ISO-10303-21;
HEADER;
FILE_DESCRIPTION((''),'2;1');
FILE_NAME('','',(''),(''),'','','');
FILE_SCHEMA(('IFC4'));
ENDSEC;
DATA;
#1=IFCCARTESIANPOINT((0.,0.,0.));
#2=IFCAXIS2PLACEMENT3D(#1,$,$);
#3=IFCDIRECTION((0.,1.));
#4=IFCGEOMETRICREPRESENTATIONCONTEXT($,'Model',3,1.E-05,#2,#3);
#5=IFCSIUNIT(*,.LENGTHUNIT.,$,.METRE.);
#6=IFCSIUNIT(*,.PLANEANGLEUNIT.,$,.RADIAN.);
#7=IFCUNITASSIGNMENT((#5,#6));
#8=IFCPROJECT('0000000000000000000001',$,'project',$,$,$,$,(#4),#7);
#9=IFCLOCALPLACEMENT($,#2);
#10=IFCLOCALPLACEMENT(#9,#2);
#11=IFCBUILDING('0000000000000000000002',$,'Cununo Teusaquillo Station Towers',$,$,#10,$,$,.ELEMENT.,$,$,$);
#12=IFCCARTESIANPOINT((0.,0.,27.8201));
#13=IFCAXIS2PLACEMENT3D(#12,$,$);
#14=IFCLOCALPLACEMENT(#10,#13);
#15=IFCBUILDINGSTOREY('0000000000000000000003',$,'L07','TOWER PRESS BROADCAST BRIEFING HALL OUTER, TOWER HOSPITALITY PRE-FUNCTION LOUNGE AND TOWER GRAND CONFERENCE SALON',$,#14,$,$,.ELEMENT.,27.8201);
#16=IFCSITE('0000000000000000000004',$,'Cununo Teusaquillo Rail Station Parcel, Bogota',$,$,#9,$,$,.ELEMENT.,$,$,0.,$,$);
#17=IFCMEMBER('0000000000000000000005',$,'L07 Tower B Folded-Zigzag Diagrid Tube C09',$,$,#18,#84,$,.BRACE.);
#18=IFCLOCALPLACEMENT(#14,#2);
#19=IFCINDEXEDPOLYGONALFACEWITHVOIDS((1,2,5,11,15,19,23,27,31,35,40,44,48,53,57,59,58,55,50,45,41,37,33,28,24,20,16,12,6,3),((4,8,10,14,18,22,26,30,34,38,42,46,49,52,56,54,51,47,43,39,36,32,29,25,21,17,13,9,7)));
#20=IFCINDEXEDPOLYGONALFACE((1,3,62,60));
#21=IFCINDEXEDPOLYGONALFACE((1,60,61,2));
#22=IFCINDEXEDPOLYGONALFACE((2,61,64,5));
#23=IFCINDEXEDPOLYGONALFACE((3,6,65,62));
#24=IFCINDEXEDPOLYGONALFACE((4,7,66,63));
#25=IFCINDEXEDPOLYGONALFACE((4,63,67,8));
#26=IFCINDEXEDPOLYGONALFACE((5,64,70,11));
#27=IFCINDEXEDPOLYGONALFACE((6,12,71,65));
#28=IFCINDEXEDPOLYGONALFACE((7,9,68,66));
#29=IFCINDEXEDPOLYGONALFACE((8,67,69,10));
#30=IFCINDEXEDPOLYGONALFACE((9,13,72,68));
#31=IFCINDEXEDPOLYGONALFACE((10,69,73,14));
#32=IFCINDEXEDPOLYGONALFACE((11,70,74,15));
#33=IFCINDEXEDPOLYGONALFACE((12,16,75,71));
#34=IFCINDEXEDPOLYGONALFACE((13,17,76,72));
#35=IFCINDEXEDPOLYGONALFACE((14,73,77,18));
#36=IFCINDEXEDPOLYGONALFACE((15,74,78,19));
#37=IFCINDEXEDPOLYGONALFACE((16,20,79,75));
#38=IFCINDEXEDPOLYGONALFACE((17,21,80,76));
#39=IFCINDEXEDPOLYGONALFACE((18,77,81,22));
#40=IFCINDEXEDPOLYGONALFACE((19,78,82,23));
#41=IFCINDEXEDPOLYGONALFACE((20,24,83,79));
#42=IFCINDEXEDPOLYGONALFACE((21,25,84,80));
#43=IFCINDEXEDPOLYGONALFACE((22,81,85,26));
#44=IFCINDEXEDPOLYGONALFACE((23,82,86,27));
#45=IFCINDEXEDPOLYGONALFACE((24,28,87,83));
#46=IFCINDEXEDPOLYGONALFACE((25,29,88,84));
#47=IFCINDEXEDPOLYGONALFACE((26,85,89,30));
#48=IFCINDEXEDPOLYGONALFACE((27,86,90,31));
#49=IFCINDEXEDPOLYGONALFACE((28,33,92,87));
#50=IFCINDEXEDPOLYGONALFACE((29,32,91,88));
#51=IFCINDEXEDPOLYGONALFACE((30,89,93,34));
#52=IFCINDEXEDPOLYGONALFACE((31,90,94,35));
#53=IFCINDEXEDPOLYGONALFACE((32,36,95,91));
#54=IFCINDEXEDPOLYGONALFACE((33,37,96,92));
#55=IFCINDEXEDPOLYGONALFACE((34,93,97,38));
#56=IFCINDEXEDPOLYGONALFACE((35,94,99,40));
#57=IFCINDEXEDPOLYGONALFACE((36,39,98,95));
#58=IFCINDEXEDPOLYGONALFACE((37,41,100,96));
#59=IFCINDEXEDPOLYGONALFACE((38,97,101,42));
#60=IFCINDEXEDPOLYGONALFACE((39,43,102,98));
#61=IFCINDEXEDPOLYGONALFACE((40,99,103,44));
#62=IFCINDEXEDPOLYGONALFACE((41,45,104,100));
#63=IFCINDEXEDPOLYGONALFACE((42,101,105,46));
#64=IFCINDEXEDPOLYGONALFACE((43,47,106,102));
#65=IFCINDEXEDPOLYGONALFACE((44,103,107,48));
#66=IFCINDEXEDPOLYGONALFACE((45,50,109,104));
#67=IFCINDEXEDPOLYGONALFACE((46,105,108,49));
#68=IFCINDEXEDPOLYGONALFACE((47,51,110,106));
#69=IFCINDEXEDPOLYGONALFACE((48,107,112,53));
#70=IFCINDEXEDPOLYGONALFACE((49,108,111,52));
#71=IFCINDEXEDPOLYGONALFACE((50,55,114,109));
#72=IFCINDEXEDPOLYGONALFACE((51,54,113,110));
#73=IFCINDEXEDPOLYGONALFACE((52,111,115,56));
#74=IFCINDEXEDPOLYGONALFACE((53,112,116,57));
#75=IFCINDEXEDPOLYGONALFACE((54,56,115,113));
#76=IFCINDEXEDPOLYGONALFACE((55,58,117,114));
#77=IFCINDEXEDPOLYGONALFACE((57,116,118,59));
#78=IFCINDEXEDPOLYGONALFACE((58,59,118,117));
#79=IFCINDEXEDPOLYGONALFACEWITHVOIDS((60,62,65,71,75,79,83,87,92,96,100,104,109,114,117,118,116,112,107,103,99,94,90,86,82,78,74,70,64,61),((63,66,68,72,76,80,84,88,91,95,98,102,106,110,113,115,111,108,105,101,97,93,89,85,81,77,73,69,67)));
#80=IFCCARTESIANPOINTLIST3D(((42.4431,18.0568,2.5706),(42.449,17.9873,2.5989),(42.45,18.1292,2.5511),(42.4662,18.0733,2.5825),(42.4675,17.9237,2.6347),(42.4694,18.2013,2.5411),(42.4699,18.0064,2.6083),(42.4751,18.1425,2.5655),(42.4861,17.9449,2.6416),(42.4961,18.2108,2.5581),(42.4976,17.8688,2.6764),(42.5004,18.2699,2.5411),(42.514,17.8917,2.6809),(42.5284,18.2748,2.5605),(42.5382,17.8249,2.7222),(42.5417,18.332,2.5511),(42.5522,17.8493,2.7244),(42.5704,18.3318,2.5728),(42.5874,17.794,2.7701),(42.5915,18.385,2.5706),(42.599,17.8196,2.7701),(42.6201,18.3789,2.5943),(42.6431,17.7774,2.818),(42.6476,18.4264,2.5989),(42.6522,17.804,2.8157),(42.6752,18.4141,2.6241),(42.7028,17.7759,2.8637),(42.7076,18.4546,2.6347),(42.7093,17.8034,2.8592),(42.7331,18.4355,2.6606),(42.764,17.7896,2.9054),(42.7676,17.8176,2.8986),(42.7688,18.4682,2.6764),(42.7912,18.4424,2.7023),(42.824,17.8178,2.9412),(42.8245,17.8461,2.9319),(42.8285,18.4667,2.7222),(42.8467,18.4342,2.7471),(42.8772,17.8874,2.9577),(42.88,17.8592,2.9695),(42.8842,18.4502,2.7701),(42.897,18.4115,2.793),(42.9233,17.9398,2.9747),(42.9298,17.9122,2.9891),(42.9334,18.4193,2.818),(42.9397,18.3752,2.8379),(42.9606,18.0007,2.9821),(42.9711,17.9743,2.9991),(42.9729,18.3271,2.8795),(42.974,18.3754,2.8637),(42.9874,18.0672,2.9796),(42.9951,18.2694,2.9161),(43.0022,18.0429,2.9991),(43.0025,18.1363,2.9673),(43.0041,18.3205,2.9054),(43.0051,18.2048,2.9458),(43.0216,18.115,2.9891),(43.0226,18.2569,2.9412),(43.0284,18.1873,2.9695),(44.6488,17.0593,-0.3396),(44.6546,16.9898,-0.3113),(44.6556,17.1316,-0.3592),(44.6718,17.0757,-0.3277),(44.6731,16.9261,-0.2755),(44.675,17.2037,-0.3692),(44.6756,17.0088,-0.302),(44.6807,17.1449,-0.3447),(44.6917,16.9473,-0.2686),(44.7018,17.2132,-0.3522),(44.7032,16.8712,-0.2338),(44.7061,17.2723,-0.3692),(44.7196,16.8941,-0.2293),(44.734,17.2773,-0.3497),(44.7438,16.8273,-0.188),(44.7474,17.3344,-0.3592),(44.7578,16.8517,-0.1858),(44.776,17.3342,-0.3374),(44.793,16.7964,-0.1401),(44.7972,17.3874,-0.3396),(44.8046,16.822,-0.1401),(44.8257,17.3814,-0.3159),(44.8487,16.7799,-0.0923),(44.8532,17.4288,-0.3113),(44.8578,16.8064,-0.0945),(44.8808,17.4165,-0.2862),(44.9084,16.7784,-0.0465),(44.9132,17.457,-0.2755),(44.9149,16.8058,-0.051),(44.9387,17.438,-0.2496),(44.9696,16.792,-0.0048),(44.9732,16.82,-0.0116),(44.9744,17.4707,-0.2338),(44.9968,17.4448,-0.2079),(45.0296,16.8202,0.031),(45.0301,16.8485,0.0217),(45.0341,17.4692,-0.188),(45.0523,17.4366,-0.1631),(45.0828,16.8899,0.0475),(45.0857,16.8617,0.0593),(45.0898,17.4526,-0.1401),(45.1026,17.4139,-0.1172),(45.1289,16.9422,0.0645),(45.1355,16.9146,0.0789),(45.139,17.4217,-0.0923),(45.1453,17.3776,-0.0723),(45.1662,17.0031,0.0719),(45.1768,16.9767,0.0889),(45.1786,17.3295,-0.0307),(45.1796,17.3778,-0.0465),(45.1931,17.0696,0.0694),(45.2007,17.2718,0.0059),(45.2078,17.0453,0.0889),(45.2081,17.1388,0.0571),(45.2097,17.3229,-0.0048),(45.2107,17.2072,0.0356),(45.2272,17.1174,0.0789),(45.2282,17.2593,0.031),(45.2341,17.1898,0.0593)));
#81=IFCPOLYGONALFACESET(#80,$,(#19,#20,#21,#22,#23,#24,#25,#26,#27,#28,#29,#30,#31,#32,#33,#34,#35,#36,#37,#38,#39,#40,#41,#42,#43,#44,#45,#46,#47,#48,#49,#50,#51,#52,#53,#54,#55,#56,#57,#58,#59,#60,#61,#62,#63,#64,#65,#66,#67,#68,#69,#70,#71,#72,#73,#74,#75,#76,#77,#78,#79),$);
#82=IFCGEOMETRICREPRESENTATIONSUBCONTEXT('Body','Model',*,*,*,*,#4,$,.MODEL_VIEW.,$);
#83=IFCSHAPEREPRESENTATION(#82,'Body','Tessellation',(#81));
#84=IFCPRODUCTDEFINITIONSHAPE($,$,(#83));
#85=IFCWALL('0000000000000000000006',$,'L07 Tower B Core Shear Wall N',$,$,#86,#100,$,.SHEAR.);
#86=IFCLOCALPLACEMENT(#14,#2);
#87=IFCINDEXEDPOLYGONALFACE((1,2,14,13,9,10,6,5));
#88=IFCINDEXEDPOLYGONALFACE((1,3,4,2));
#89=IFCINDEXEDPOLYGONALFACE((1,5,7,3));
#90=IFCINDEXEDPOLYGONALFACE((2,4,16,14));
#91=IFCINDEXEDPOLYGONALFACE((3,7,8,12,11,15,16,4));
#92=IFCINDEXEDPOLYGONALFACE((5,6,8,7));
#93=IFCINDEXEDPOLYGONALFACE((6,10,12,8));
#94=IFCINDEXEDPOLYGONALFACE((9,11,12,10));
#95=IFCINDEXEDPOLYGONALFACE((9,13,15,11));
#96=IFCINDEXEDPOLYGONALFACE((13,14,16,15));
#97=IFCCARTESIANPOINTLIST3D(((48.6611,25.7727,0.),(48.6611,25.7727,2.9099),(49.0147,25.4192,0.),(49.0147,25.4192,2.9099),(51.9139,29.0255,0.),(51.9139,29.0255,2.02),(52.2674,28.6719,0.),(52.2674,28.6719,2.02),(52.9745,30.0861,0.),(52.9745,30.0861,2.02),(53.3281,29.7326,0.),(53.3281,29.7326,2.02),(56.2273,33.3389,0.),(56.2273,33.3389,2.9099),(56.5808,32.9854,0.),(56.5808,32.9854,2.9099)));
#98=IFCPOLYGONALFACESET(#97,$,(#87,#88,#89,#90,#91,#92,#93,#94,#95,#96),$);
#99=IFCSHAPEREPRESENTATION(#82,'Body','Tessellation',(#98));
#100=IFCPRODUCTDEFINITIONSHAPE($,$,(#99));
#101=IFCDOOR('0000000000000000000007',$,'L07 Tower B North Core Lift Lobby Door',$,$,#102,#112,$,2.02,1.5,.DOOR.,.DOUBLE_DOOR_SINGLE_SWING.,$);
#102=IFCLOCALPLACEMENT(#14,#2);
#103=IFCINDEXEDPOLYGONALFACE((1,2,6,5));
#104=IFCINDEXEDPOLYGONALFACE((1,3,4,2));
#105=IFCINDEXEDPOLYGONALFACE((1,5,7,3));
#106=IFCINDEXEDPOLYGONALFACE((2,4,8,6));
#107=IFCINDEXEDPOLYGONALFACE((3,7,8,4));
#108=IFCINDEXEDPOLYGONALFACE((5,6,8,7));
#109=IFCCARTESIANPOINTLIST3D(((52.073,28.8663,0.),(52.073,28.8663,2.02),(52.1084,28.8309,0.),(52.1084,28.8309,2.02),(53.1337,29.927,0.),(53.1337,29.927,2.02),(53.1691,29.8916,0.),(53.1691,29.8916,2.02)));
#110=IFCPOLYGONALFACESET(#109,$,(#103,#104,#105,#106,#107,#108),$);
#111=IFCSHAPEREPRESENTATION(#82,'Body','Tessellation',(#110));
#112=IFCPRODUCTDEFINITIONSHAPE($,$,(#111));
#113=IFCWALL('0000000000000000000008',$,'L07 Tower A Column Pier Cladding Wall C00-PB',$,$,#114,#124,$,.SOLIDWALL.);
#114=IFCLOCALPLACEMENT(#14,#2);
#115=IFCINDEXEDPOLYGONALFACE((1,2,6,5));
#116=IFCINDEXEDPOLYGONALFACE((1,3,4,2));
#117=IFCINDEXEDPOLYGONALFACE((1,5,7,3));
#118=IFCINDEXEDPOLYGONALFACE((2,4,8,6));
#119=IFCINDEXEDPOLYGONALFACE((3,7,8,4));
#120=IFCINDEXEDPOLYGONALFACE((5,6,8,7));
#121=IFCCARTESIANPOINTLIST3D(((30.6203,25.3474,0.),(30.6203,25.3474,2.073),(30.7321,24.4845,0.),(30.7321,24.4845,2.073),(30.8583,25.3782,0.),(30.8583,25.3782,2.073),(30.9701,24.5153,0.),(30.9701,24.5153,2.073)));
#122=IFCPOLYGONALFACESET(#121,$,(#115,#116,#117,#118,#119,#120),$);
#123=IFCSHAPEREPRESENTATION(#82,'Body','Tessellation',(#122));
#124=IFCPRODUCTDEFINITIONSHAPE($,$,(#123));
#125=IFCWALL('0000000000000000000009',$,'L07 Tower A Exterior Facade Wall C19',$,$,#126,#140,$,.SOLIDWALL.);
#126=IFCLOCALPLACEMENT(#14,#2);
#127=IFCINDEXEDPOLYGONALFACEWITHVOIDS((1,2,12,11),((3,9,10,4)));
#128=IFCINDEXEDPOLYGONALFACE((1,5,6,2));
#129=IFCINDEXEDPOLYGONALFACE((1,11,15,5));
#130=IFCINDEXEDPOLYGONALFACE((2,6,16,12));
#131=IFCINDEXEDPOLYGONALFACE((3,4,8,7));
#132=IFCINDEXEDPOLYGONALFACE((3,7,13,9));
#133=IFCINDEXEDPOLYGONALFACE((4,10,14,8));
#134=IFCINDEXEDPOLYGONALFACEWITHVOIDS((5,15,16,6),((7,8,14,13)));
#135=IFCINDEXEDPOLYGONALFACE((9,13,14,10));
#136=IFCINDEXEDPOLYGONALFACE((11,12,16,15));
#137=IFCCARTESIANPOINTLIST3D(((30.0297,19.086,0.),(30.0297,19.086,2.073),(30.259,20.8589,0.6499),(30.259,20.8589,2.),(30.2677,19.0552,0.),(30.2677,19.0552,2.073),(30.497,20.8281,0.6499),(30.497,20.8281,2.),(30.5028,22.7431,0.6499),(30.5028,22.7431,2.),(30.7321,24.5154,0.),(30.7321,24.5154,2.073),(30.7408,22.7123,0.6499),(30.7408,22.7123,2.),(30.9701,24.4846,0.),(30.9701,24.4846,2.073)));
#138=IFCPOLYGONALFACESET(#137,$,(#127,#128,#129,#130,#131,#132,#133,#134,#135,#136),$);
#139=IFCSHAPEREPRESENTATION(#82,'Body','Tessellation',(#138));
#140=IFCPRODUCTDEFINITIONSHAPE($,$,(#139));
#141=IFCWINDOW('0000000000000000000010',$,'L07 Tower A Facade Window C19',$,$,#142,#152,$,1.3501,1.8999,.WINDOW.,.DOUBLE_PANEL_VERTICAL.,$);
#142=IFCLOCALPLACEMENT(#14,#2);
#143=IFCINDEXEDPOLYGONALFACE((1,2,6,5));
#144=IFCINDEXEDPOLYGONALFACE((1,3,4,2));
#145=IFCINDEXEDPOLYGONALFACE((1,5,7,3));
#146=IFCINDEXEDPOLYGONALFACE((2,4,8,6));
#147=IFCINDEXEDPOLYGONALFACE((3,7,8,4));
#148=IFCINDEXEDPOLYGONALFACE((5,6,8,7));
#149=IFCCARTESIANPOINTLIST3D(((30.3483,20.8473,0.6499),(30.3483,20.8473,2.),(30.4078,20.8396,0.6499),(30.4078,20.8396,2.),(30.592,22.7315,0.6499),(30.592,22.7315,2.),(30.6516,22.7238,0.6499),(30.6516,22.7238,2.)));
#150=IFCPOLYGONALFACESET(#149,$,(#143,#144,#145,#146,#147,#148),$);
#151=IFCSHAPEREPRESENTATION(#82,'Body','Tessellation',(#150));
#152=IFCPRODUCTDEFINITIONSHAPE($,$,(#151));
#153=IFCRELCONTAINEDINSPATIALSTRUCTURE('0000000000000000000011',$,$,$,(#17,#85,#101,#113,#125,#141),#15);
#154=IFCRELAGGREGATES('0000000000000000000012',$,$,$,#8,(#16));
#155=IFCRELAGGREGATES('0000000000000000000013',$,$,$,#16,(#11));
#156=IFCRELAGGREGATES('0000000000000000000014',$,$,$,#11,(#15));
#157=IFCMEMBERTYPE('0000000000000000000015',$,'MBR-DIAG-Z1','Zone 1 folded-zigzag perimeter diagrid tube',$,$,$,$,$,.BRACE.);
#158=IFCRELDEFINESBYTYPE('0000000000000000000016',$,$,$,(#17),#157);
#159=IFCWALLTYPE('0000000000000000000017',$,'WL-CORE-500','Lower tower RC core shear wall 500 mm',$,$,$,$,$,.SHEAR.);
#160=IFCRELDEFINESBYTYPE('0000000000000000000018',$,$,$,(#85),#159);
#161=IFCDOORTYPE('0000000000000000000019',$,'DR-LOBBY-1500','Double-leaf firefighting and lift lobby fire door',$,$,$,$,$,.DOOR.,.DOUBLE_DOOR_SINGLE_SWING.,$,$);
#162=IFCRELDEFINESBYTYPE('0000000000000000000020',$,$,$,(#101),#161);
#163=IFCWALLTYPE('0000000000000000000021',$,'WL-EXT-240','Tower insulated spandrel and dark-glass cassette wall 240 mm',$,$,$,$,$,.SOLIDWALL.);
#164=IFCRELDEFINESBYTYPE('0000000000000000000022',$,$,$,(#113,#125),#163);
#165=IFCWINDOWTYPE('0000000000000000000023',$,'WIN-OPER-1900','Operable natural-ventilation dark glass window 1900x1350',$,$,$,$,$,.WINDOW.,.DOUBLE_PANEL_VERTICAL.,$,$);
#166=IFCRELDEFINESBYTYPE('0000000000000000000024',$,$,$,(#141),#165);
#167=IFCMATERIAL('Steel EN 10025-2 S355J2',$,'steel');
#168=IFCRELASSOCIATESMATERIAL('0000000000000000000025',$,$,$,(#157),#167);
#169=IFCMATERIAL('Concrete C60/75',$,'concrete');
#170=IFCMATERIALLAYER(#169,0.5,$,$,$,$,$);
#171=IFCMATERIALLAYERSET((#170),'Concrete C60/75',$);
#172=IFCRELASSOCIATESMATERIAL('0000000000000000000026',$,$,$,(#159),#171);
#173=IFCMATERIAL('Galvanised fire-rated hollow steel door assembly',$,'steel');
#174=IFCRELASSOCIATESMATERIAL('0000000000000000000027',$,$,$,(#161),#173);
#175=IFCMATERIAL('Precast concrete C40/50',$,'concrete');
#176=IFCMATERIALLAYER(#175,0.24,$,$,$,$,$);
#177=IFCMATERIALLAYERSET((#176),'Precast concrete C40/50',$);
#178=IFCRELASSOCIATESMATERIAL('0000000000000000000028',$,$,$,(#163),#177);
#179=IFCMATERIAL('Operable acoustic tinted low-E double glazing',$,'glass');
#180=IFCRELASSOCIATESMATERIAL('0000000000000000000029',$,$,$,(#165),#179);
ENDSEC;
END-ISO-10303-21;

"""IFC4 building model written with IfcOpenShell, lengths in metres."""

from ifc_helpers import new_model, si_unit, direction, frame, frame_2d, origin, origin_2d, place, context, subcontext, project, spatial, rectangle, hollow_circle, extrude, source, transform, mapped, material, layer, layer_set, material_profile, profile_set, type_object, element, fill, save


model = new_model("IFC4")

# Units and contexts
model_context = context("Model", 3, precision=1e-05, world=origin(), true_north=direction((0.0, 1.0)))
body_context = subcontext(model_context, "Body", "Model", "MODEL_VIEW")
ifc_project = project(units=[si_unit("LENGTHUNIT", "METRE"), si_unit("PLANEANGLEUNIT", "RADIAN")], contexts=[model_context])

# Site, building, storey
site_placement = place(None, origin())
site = spatial("IfcSite", under=ifc_project, at=site_placement, Name="Cununo Teusaquillo Rail Station Parcel, Bogota", CompositionType="ELEMENT", RefElevation=0.0)
building_placement = place(site_placement, origin())
building = spatial("IfcBuilding", under=site, at=building_placement, Name="Cununo Teusaquillo Station Towers", CompositionType="ELEMENT")
storey_placement = place(building_placement, frame((0.0, 0.0, 27.8201)))
storey = spatial("IfcBuildingStorey", under=building, at=storey_placement, Name="L07", Description="TOWER PRESS BROADCAST BRIEFING HALL OUTER, TOWER HOSPITALITY PRE-FUNCTION LOUNGE AND TOWER GRAND CONFERENCE SALON", CompositionType="ELEMENT", Elevation=27.8201)

# Member
ifc_material_1 = material(Name="Steel EN 10025-2 S355J2", Category="steel")
ifc_material_profile_1 = material_profile(ifc_material_1, hollow_circle(Radius=0.3601, WallThickness=0.0281, at=origin_2d()), Name="CHS 720x28")
ifc_profile_set_1 = profile_set([ifc_material_profile_1], Name="Steel EN 10025-2 S355J2")
member_type_1 = type_object("IfcMemberType", Name="MBR-DIAG-Z1", Description="Zone 1 folded-zigzag perimeter diagrid tube", PredefinedType="BRACE", material=ifc_profile_set_1)
member_1_placement = place(storey_placement, frame((44.9414, 17.1245, -0.1401), z_axis=(-0.582663, 0.263533, 0.7688), x_axis=(-0.4121, -0.911139, 0.0)))
element("IfcMember", 1, at=member_1_placement, inside=storey, type_object=member_type_1, Name="L07 Tower B Folded-Zigzag Diagrid Tube C09", PredefinedType="BRACE", context=body_context, shape_type="SweptSolid", body=[
    extrude(hollow_circle(Radius=0.3601, WallThickness=0.0281, at=origin_2d()), origin(), (0.0, 0.0, 1.0), 3.7854),
])

# Wall, opening, door
ifc_material_2 = material(Name="Concrete C60/75", Category="concrete")
ifc_layer_1 = layer(ifc_material_2, 0.5)
ifc_layer_set_1 = layer_set([ifc_layer_1], Name="Concrete C60/75")
wall_type_1 = type_object("IfcWallType", Name="WL-CORE-500", Description="Lower tower RC core shear wall 500 mm", PredefinedType="SHEAR", material=ifc_layer_set_1)
wall_1_placement = place(storey_placement, frame((48.8379, 25.5959, 0.0), z_axis=(0.0, 0.0, 1.0), x_axis=(0.707107, 0.707107, 0.0)))
wall_1 = element("IfcWall", 2, at=wall_1_placement, inside=storey, type_object=wall_type_1, Name="L07 Tower B Core Shear Wall N", PredefinedType="SHEAR", context=body_context, shape_type="SweptSolid", body=[
    extrude(rectangle(XDim=10.7002, YDim=0.5, at=frame_2d((5.3501, 0.0))), origin(), (0.0, 0.0, 1.0), 2.9099),
])
shared_shape_1 = source(origin(), body_context, "Body", "SweptSolid", [
    extrude(rectangle(XDim=1.5, YDim=2.02, at=frame_2d((0.75, 1.01))), frame((0.0, 0.26, 0.0), z_axis=(0.0, -1.0, 0.0), x_axis=(1.0, 0.0, 0.0)), (0.0, 0.0, 1.0), 0.52),
])
opening_1_placement = place(wall_1_placement, frame((4.6001, 0.0, 0.0)))
opening_1 = element("IfcOpeningElement", 3, at=opening_1_placement, cuts=wall_1, PredefinedType="OPENING", context=body_context, shape_type="MappedRepresentation", body=[
    mapped(shared_shape_1, transform((0.0, 0.0, 0.0), x_axis=(1.0, 0.0, 0.0), y_axis=(0.0, 1.0, 0.0), z_axis=(0.0, 0.0, 1.0), scale=1.0)),
])
ifc_material_3 = material(Name="Galvanised fire-rated hollow steel door assembly", Category="steel")
door_type_1 = type_object("IfcDoorType", Name="DR-LOBBY-1500", Description="Double-leaf firefighting and lift lobby fire door", OperationType="DOUBLE_DOOR_SINGLE_SWING", PredefinedType="DOOR", material=ifc_material_3)
shared_shape_2 = source(origin(), body_context, "Body", "SweptSolid", [
    extrude(rectangle(XDim=1.5, YDim=2.02, at=frame_2d((0.75, 1.01))), frame((0.0, 0.0249, 0.0), z_axis=(0.0, -1.0, 0.0), x_axis=(1.0, 0.0, 0.0)), (0.0, 0.0, 1.0), 0.05),
])
door_1_placement = place(opening_1_placement, origin())
door_1 = element("IfcDoor", 4, at=door_1_placement, inside=storey, type_object=door_type_1, Name="L07 Tower B North Core Lift Lobby Door", OperationType="DOUBLE_DOOR_SINGLE_SWING", OverallHeight=2.02, OverallWidth=1.5, PredefinedType="DOOR", context=body_context, shape_type="MappedRepresentation", body=[
    mapped(shared_shape_2, transform((0.0, 0.0, 0.0), x_axis=(1.0, 0.0, 0.0), y_axis=(0.0, 1.0, 0.0), z_axis=(0.0, 0.0, 1.0), scale=1.0)),
])
fill(opening_1, door_1)

# Wall
ifc_material_4 = material(Name="Precast concrete C40/50", Category="concrete")
ifc_layer_2 = layer(ifc_material_4, 0.24)
ifc_layer_set_2 = layer_set([ifc_layer_2], Name="Precast concrete C40/50")
wall_type_2 = type_object("IfcWallType", Name="WL-EXT-240", Description="Tower insulated spandrel and dark-glass cassette wall 240 mm", PredefinedType="SOLIDWALL", material=ifc_layer_set_2)
wall_2_placement = place(storey_placement, frame((30.7393, 25.3628, 0.0), z_axis=(0.0, 0.0, 1.0), x_axis=(0.128523, -0.991706, 0.0)))
element("IfcWall", 5, at=wall_2_placement, inside=storey, type_object=wall_type_2, Name="L07 Tower A Column Pier Cladding Wall C00-PB", PredefinedType="SOLIDWALL", context=body_context, shape_type="SweptSolid", body=[
    extrude(rectangle(XDim=0.8701, YDim=0.24, at=frame_2d((0.4351, 0.0))), origin(), (0.0, 0.0, 1.0), 2.073),
])

# Wall, opening, window
wall_3_placement = place(storey_placement, frame((30.8511, 24.5, 0.0), z_axis=(0.0, 0.0, 1.0), x_axis=(-0.128298, -0.991736, 0.0)))
wall_3 = element("IfcWall", 6, at=wall_3_placement, inside=storey, type_object=wall_type_2, Name="L07 Tower A Exterior Facade Wall C19", PredefinedType="SOLIDWALL", context=body_context, shape_type="SweptSolid", body=[
    extrude(rectangle(XDim=5.4746, YDim=0.24, at=frame_2d((2.7373, 0.0))), origin(), (0.0, 0.0, 1.0), 2.073),
])
shared_shape_3 = source(origin(), body_context, "Body", "SweptSolid", [
    extrude(rectangle(XDim=1.8999, YDim=1.3501, at=frame_2d((0.95, 0.675))), frame((0.0, 0.1299, 0.0), z_axis=(0.0, -1.0, 0.0), x_axis=(1.0, 0.0, 0.0)), (0.0, 0.0, 1.0), 0.26),
])
opening_2_placement = place(wall_3_placement, frame((1.7871, 0.0, 0.6499)))
opening_2 = element("IfcOpeningElement", 7, at=opening_2_placement, cuts=wall_3, PredefinedType="OPENING", context=body_context, shape_type="MappedRepresentation", body=[
    mapped(shared_shape_3, transform((0.0, 0.0, 0.0), x_axis=(1.0, 0.0, 0.0), y_axis=(0.0, 1.0, 0.0), z_axis=(0.0, 0.0, 1.0), scale=1.0)),
])
ifc_material_5 = material(Name="Operable acoustic tinted low-E double glazing", Category="glass")
window_type_1 = type_object("IfcWindowType", Name="WIN-OPER-1900", Description="Operable natural-ventilation dark glass window 1900x1350", PartitioningType="DOUBLE_PANEL_VERTICAL", PredefinedType="WINDOW", material=ifc_material_5)
shared_shape_4 = source(origin(), body_context, "Body", "SweptSolid", [
    extrude(rectangle(XDim=1.8999, YDim=1.3501, at=frame_2d((0.95, 0.675))), frame((0.0, 0.03, 0.0), z_axis=(0.0, -1.0, 0.0), x_axis=(1.0, 0.0, 0.0)), (0.0, 0.0, 1.0), 0.0601),
])
window_1_placement = place(opening_2_placement, origin())
window_1 = element("IfcWindow", 8, at=window_1_placement, inside=storey, type_object=window_type_1, Name="L07 Tower A Facade Window C19", OverallHeight=1.3501, OverallWidth=1.8999, PartitioningType="DOUBLE_PANEL_VERTICAL", PredefinedType="WINDOW", context=body_context, shape_type="MappedRepresentation", body=[
    mapped(shared_shape_4, transform((0.0, 0.0, 0.0), x_axis=(1.0, 0.0, 0.0), y_axis=(0.0, 1.0, 0.0), z_axis=(0.0, 0.0, 1.0), scale=1.0)),
])
fill(opening_2, window_1)

save(model, "model.ifc")
